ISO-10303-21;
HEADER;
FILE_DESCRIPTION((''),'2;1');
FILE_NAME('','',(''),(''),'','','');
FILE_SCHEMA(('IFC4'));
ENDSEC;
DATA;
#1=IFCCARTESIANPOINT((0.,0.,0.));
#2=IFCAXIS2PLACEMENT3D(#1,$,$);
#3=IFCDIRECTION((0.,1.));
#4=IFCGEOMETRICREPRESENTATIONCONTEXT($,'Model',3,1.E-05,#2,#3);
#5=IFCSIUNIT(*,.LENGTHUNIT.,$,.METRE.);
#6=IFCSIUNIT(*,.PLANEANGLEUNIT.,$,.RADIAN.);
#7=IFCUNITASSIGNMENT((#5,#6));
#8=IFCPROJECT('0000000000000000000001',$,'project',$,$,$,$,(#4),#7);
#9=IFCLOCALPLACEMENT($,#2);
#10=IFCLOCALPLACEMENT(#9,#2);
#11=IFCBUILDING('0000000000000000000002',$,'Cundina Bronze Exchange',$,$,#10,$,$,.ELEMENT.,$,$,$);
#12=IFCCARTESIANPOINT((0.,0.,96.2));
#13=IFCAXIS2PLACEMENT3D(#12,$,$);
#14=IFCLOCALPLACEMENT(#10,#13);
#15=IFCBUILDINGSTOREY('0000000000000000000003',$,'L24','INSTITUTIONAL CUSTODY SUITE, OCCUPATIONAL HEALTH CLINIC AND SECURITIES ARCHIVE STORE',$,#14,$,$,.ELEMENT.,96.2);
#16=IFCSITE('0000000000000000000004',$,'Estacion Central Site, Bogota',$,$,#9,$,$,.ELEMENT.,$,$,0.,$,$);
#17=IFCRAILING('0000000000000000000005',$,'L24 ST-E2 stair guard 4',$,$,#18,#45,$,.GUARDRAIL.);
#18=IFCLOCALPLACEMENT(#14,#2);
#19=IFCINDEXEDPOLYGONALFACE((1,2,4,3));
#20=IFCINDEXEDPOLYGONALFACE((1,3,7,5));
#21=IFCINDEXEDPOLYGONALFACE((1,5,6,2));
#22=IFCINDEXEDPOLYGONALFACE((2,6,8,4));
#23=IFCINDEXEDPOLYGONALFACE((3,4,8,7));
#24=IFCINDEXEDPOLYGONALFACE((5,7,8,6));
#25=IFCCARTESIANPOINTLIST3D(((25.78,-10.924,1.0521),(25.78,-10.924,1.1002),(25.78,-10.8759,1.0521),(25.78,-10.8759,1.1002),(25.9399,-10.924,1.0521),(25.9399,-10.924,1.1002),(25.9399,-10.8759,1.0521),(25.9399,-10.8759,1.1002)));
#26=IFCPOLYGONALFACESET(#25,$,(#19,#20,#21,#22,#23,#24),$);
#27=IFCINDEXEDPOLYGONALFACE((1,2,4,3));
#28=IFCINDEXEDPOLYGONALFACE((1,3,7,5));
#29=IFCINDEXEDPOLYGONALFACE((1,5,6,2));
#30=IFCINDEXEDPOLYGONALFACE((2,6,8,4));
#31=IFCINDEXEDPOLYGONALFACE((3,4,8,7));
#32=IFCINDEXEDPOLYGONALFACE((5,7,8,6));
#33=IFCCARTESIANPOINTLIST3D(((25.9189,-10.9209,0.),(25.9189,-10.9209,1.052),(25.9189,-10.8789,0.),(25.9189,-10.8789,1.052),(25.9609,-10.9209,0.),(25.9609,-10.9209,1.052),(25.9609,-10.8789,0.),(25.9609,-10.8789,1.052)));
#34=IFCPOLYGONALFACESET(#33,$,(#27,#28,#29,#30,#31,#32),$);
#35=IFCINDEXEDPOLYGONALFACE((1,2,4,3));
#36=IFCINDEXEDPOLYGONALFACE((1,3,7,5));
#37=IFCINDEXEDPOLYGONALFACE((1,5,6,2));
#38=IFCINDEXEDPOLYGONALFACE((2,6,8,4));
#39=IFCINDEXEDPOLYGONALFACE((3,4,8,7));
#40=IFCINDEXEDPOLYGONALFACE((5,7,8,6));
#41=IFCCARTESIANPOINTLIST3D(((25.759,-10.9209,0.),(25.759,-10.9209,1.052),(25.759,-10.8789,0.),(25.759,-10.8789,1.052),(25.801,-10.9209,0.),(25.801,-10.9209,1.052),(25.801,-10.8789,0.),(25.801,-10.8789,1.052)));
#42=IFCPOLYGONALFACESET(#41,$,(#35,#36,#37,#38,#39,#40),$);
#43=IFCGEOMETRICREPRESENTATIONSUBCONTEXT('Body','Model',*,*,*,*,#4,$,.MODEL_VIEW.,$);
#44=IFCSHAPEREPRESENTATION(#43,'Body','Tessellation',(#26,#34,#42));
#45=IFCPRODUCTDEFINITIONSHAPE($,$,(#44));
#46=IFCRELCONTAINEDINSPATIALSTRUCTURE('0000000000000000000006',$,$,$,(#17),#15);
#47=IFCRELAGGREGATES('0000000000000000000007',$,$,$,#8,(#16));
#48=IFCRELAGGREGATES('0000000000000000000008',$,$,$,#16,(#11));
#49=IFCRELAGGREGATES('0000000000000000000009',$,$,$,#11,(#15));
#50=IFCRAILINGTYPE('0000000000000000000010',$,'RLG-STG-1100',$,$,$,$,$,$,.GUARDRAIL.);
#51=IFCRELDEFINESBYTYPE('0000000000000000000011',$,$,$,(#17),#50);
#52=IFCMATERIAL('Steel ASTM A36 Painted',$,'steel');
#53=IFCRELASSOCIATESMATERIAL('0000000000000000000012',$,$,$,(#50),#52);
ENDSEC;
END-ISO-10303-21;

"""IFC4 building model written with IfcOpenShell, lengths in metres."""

from ifc_helpers import new_model, si_unit, direction, frame, origin, origin_2d, place, context, subcontext, project, spatial, rectangle, extrude, material, type_object, element, save


model = new_model("IFC4")

# Units and contexts
model_context = context("Model", 3, precision=1e-05, world=origin(), true_north=direction((0.0, 1.0)))
body_context = subcontext(model_context, "Body", "Model", "MODEL_VIEW")
ifc_project = project(units=[si_unit("LENGTHUNIT", "METRE"), si_unit("PLANEANGLEUNIT", "RADIAN")], contexts=[model_context])

# Site, building, storey
site_placement = place(None, origin())
site = spatial("IfcSite", under=ifc_project, at=site_placement, Name="Estacion Central Site, Bogota", CompositionType="ELEMENT", RefElevation=0.0)
building_placement = place(site_placement, origin())
building = spatial("IfcBuilding", under=site, at=building_placement, Name="Cundina Bronze Exchange", CompositionType="ELEMENT")
storey_placement = place(building_placement, frame((0.0, 0.0, 96.2)))
storey = spatial("IfcBuildingStorey", under=building, at=storey_placement, Name="L24", Description="INSTITUTIONAL CUSTODY SUITE, OCCUPATIONAL HEALTH CLINIC AND SECURITIES ARCHIVE STORE", CompositionType="ELEMENT", Elevation=96.2)

# Shared definitions
ifc_material_1 = material(Name="Steel ASTM A36 Painted", Category="steel")

# Railing
railing_type_1 = type_object("IfcRailingType", Name="RLG-STG-1100", PredefinedType="GUARDRAIL", material=ifc_material_1)
railing_1_placement = place(storey_placement, frame((25.9399, -10.8999, 0.0)))
element("IfcRailing", 1, at=railing_1_placement, inside=storey, type_object=railing_type_1, Name="L24 ST-E2 stair guard 4", PredefinedType="GUARDRAIL", context=body_context, shape_type="SweptSolid", body=[
    extrude(rectangle(XDim=0.0481, YDim=0.0481, at=origin_2d()), frame((0.0, 0.0, 1.0762), z_axis=(-1.0, 0.0, 0.0), x_axis=(0.0, -1.0, 0.0)), (0.0, 0.0, 1.0), 0.1599),
    extrude(rectangle(XDim=0.042, YDim=0.042, at=origin_2d()), origin(), (0.0, 0.0, 1.0), 1.052),
    extrude(rectangle(XDim=0.042, YDim=0.042, at=origin_2d()), frame((-0.1599, 0.0, 0.0)), (0.0, 0.0, 1.0), 1.052),
])

save(model, "model.ifc")
